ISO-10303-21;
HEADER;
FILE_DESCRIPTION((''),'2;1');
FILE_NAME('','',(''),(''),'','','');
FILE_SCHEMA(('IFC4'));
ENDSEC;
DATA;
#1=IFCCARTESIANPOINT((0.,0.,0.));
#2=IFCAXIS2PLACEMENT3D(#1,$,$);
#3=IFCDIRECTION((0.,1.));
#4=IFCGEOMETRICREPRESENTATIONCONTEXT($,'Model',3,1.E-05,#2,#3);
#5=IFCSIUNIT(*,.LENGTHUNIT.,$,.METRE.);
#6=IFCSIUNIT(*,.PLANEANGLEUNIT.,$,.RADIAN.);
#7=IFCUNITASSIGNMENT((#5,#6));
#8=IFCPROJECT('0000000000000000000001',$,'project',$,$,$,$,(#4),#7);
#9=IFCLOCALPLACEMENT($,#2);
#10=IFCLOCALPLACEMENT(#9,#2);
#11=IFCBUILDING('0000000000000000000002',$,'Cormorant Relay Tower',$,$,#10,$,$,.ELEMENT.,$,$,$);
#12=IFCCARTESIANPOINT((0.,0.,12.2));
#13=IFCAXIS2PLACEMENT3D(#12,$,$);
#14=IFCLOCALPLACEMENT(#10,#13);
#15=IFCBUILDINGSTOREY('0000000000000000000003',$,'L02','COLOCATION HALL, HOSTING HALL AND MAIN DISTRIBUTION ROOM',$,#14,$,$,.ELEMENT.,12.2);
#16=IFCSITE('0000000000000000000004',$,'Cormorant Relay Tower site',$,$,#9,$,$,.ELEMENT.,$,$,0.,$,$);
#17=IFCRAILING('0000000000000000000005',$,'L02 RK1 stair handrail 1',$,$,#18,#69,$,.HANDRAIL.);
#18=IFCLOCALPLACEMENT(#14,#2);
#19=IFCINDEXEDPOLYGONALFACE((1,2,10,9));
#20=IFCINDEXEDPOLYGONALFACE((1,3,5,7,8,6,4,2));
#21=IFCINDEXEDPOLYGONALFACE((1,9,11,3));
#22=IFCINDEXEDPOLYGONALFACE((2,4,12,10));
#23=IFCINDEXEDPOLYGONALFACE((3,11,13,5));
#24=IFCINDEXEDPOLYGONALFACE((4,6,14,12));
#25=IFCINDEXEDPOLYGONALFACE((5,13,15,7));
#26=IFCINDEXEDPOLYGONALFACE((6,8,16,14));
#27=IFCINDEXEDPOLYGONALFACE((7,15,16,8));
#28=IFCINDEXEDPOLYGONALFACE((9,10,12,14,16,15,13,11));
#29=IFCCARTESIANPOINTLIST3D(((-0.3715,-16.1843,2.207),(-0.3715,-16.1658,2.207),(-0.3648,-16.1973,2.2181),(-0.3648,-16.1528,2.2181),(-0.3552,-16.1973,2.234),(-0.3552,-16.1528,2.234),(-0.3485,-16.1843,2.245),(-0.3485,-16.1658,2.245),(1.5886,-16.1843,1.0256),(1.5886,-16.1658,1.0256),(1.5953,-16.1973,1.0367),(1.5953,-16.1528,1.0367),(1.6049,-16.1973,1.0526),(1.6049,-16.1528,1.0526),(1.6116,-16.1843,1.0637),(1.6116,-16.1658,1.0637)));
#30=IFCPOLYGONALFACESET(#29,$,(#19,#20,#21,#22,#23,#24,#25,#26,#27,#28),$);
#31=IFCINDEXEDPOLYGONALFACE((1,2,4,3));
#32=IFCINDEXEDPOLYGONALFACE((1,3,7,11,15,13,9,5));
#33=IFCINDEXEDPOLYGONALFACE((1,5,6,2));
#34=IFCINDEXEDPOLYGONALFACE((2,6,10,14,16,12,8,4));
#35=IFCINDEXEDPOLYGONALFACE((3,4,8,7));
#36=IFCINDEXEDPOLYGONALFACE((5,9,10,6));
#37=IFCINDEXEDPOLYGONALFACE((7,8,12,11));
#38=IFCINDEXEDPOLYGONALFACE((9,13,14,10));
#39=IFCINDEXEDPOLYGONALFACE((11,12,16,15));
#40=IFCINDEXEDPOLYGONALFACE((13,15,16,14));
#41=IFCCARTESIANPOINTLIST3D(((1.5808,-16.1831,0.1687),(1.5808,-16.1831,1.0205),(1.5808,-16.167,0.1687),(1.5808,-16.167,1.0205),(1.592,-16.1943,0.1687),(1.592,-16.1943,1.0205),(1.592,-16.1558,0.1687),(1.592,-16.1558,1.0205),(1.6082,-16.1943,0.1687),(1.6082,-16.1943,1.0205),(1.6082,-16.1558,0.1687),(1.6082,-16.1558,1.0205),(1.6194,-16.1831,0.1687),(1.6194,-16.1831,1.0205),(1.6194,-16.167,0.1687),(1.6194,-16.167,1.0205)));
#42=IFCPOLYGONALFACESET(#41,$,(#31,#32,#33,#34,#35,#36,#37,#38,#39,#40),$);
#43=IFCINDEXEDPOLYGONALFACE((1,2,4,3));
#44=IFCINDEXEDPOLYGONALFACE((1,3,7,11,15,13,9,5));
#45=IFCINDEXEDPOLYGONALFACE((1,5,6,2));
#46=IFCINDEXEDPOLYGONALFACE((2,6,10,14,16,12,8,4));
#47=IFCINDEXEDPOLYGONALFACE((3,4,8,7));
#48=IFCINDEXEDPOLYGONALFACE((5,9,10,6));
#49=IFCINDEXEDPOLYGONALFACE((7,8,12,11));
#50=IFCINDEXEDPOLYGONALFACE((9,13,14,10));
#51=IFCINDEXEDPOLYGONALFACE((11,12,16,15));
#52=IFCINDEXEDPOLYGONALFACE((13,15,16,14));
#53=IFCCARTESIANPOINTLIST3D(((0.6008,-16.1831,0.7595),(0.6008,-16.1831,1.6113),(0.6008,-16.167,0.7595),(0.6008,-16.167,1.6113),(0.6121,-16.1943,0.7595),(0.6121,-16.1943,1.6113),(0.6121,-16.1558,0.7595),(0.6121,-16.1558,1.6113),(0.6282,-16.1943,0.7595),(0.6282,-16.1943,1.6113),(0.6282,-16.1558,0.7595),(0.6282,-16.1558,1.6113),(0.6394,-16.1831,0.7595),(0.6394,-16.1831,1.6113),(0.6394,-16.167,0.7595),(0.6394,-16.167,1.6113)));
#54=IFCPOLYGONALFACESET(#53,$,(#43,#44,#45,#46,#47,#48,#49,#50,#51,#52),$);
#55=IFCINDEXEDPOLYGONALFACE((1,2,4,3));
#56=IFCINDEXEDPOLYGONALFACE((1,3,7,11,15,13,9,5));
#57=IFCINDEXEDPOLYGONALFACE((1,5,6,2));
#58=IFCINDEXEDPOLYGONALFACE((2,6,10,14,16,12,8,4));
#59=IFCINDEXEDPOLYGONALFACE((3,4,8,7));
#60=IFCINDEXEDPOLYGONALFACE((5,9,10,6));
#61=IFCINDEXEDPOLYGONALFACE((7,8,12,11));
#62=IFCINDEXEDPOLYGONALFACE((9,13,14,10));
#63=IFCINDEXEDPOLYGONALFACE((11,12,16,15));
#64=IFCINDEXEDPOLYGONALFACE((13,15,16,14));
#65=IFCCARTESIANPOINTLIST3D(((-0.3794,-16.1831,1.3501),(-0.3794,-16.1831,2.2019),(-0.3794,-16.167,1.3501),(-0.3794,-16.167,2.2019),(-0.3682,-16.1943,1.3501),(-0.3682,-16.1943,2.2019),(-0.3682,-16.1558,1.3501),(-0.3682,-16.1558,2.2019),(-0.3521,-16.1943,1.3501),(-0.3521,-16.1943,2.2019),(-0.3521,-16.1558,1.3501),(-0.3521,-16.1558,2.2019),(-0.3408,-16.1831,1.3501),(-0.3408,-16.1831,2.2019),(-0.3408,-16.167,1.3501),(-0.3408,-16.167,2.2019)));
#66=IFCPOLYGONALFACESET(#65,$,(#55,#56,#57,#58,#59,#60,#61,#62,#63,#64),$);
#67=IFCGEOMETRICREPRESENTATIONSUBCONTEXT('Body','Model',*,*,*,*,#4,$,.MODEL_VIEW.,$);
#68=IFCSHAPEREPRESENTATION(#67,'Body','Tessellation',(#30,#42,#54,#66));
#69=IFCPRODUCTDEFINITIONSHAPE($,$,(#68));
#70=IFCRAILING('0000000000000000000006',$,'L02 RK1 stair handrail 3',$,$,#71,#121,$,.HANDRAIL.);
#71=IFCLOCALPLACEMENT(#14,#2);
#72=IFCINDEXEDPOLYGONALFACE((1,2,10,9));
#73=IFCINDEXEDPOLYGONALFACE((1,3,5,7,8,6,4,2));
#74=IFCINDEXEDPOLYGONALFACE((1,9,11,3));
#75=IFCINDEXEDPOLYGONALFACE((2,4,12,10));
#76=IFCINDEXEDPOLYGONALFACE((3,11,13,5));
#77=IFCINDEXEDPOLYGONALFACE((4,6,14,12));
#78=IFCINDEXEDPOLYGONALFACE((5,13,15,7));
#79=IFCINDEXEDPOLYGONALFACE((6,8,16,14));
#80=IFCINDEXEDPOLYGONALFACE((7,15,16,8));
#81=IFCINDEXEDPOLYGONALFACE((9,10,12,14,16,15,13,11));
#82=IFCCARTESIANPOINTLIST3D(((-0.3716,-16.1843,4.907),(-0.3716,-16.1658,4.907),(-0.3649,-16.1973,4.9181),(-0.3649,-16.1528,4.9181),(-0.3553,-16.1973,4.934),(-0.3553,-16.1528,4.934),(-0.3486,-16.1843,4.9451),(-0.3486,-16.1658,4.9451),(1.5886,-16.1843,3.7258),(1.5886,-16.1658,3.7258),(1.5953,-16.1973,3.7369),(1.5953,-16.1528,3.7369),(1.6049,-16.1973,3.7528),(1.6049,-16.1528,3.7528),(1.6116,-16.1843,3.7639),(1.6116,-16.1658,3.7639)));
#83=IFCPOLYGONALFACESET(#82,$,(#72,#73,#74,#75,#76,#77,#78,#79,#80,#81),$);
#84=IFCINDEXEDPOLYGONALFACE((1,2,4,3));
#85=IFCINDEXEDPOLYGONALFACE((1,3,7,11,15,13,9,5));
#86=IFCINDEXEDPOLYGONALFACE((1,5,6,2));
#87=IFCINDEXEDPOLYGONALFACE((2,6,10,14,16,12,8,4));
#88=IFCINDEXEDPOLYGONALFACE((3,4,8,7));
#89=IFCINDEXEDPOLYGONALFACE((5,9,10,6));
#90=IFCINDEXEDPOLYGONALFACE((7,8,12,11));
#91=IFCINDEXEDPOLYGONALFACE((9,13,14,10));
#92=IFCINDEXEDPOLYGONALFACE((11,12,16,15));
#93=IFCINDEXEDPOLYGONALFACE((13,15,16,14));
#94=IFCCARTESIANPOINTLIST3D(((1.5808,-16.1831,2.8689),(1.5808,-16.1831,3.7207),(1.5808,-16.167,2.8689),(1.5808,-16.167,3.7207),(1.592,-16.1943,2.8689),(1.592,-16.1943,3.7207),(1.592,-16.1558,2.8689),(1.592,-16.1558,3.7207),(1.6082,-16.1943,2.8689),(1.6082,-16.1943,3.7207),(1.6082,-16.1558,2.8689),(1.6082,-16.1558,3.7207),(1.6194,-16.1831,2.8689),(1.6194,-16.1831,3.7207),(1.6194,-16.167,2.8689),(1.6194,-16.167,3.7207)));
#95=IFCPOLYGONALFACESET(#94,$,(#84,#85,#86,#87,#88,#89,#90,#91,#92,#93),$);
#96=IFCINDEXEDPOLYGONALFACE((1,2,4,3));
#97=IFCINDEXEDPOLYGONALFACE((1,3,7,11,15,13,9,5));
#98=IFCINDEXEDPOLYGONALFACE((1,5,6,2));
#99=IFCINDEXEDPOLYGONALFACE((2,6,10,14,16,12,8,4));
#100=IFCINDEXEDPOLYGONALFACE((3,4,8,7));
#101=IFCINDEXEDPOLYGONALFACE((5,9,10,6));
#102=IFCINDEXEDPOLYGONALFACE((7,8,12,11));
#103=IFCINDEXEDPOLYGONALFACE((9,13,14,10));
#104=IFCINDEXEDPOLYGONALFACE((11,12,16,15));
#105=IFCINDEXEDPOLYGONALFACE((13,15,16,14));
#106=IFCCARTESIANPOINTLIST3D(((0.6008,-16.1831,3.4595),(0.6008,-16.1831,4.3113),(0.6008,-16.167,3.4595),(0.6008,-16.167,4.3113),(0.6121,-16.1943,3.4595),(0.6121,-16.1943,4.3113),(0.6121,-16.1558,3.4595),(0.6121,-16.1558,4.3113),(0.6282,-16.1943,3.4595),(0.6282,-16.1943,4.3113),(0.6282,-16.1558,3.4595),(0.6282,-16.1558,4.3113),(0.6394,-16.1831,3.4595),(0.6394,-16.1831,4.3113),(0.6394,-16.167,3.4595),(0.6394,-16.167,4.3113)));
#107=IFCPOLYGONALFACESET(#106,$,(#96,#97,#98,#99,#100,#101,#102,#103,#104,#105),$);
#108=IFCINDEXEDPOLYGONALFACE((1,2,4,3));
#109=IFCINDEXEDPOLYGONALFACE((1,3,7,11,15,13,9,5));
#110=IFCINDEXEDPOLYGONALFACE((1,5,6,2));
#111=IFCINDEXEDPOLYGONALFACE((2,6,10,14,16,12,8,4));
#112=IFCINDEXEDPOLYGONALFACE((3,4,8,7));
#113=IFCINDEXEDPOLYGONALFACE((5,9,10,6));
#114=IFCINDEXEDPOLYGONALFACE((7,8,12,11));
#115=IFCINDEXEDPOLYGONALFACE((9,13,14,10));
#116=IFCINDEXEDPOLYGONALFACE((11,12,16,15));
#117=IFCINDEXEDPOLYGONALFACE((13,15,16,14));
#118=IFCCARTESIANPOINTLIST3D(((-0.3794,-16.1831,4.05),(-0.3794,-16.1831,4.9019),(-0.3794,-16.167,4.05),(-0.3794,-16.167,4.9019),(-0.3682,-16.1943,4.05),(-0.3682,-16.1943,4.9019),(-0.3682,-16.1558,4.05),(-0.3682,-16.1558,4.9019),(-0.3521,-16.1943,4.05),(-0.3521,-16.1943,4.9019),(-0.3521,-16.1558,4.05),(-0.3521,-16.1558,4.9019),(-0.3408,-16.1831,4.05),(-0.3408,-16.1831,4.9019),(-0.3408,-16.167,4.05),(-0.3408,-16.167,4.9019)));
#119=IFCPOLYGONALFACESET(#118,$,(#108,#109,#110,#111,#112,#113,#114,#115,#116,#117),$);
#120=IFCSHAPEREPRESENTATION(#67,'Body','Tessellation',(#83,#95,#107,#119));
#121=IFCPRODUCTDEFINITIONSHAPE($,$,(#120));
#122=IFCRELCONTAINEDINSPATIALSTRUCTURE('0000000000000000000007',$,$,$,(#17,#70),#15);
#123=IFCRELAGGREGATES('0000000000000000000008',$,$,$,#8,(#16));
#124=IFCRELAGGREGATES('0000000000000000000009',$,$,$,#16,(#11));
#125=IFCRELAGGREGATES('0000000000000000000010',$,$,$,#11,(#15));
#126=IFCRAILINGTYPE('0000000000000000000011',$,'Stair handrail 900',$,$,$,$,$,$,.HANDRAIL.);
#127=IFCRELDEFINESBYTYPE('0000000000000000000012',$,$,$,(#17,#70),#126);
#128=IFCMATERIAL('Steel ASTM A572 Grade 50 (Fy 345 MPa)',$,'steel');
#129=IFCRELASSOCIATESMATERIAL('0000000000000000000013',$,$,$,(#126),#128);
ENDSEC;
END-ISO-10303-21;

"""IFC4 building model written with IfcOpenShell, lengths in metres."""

from ifc_helpers import new_model, si_unit, direction, frame, origin, place, context, subcontext, project, spatial, polyline, outline, extrude, material, type_object, element, save


model = new_model("IFC4")

# Units and contexts
model_context = context("Model", 3, precision=1e-05, world=origin(), true_north=direction((0.0, 1.0)))
body_context = subcontext(model_context, "Body", "Model", "MODEL_VIEW")
ifc_project = project(units=[si_unit("LENGTHUNIT", "METRE"), si_unit("PLANEANGLEUNIT", "RADIAN")], contexts=[model_context])

# Site, building, storey
site_placement = place(None, origin())
site = spatial("IfcSite", under=ifc_project, at=site_placement, Name="Cormorant Relay Tower site", CompositionType="ELEMENT", RefElevation=0.0)
building_placement = place(site_placement, origin())
building = spatial("IfcBuilding", under=site, at=building_placement, Name="Cormorant Relay Tower", CompositionType="ELEMENT")
storey_placement = place(building_placement, frame((0.0, 0.0, 12.2)))
storey = spatial("IfcBuildingStorey", under=building, at=storey_placement, Name="L02", Description="COLOCATION HALL, HOSTING HALL AND MAIN DISTRIBUTION ROOM", CompositionType="ELEMENT", Elevation=12.2)

# Railings
ifc_material_1 = material(Name="Steel ASTM A572 Grade 50 (Fy 345 MPa)", Category="steel")
railing_type_1 = type_object("IfcRailingType", Name="Stair handrail 900", PredefinedType="HANDRAIL", material=ifc_material_1)
railing_1_placement = place(storey_placement, frame((1.6001, -16.175, 0.1687)))
element("IfcRailing", 1, at=railing_1_placement, inside=storey, type_object=railing_type_1, Name="L02 RK1 stair handrail 1", PredefinedType="HANDRAIL", context=body_context, shape_type="SweptSolid", body=[
    extrude(outline(polyline([(0.0222, 0.0093), (0.0093, 0.0222), (-0.0093, 0.0222), (-0.0222, 0.0093), (-0.0222, -0.0093), (-0.0093, -0.0222), (0.0093, -0.0222), (0.0222, -0.0093), (0.0222, 0.0093)])), frame((0.0, 0.0, 0.876), z_axis=(-0.856475, 0.0, 0.516189), x_axis=(0.0, -1.0, 0.0)), (0.0, 0.0, 1.0), 2.2886),
    extrude(outline(polyline([(0.0193, 0.0081), (0.0081, 0.0193), (-0.0081, 0.0193), (-0.0193, 0.0081), (-0.0193, -0.0081), (-0.0081, -0.0193), (0.0081, -0.0193), (0.0193, -0.0081), (0.0193, 0.0081)])), origin(), (0.0, 0.0, 1.0), 0.8518),
    extrude(outline(polyline([(0.0193, 0.0081), (0.0081, 0.0193), (-0.0081, 0.0193), (-0.0193, 0.0081), (-0.0193, -0.0081), (-0.0081, -0.0193), (0.0081, -0.0193), (0.0193, -0.0081), (0.0193, 0.0081)])), frame((-0.98, 0.0, 0.5908)), (0.0, 0.0, 1.0), 0.8518),
    extrude(outline(polyline([(0.0193, 0.0081), (0.0081, 0.0193), (-0.0081, 0.0193), (-0.0193, 0.0081), (-0.0193, -0.0081), (-0.0081, -0.0193), (0.0081, -0.0193), (0.0193, -0.0081), (0.0193, 0.0081)])), frame((-1.9602, 0.0, 1.1814)), (0.0, 0.0, 1.0), 0.8518),
])
railing_2_placement = place(storey_placement, frame((1.6001, -16.175, 2.8689)))
element("IfcRailing", 2, at=railing_2_placement, inside=storey, type_object=railing_type_1, Name="L02 RK1 stair handrail 3", PredefinedType="HANDRAIL", context=body_context, shape_type="SweptSolid", body=[
    extrude(outline(polyline([(0.0222, 0.0093), (0.0093, 0.0222), (-0.0093, 0.0222), (-0.0222, 0.0093), (-0.0222, -0.0093), (-0.0093, -0.0222), (0.0093, -0.0222), (0.0222, -0.0093), (0.0222, 0.0093)])), frame((0.0, 0.0, 0.876), z_axis=(-0.856522, 0.0, 0.516111), x_axis=(0.0, -1.0, 0.0)), (0.0, 0.0, 1.0), 2.2886),
    extrude(outline(polyline([(0.0193, 0.0081), (0.0081, 0.0193), (-0.0081, 0.0193), (-0.0193, 0.0081), (-0.0193, -0.0081), (-0.0081, -0.0193), (0.0081, -0.0193), (0.0193, -0.0081), (0.0193, 0.0081)])), origin(), (0.0, 0.0, 1.0), 0.8518),
    extrude(outline(polyline([(0.0193, 0.0081), (0.0081, 0.0193), (-0.0081, 0.0193), (-0.0193, 0.0081), (-0.0193, -0.0081), (-0.0081, -0.0193), (0.0081, -0.0193), (0.0193, -0.0081), (0.0193, 0.0081)])), frame((-0.98, 0.0, 0.5906)), (0.0, 0.0, 1.0), 0.8518),
    extrude(outline(polyline([(0.0193, 0.0081), (0.0081, 0.0193), (-0.0081, 0.0193), (-0.0193, 0.0081), (-0.0193, -0.0081), (-0.0081, -0.0193), (0.0081, -0.0193), (0.0193, -0.0081), (0.0193, 0.0081)])), frame((-1.9602, 0.0, 1.1812)), (0.0, 0.0, 1.0), 0.8518),
])

save(model, "model.ifc")
